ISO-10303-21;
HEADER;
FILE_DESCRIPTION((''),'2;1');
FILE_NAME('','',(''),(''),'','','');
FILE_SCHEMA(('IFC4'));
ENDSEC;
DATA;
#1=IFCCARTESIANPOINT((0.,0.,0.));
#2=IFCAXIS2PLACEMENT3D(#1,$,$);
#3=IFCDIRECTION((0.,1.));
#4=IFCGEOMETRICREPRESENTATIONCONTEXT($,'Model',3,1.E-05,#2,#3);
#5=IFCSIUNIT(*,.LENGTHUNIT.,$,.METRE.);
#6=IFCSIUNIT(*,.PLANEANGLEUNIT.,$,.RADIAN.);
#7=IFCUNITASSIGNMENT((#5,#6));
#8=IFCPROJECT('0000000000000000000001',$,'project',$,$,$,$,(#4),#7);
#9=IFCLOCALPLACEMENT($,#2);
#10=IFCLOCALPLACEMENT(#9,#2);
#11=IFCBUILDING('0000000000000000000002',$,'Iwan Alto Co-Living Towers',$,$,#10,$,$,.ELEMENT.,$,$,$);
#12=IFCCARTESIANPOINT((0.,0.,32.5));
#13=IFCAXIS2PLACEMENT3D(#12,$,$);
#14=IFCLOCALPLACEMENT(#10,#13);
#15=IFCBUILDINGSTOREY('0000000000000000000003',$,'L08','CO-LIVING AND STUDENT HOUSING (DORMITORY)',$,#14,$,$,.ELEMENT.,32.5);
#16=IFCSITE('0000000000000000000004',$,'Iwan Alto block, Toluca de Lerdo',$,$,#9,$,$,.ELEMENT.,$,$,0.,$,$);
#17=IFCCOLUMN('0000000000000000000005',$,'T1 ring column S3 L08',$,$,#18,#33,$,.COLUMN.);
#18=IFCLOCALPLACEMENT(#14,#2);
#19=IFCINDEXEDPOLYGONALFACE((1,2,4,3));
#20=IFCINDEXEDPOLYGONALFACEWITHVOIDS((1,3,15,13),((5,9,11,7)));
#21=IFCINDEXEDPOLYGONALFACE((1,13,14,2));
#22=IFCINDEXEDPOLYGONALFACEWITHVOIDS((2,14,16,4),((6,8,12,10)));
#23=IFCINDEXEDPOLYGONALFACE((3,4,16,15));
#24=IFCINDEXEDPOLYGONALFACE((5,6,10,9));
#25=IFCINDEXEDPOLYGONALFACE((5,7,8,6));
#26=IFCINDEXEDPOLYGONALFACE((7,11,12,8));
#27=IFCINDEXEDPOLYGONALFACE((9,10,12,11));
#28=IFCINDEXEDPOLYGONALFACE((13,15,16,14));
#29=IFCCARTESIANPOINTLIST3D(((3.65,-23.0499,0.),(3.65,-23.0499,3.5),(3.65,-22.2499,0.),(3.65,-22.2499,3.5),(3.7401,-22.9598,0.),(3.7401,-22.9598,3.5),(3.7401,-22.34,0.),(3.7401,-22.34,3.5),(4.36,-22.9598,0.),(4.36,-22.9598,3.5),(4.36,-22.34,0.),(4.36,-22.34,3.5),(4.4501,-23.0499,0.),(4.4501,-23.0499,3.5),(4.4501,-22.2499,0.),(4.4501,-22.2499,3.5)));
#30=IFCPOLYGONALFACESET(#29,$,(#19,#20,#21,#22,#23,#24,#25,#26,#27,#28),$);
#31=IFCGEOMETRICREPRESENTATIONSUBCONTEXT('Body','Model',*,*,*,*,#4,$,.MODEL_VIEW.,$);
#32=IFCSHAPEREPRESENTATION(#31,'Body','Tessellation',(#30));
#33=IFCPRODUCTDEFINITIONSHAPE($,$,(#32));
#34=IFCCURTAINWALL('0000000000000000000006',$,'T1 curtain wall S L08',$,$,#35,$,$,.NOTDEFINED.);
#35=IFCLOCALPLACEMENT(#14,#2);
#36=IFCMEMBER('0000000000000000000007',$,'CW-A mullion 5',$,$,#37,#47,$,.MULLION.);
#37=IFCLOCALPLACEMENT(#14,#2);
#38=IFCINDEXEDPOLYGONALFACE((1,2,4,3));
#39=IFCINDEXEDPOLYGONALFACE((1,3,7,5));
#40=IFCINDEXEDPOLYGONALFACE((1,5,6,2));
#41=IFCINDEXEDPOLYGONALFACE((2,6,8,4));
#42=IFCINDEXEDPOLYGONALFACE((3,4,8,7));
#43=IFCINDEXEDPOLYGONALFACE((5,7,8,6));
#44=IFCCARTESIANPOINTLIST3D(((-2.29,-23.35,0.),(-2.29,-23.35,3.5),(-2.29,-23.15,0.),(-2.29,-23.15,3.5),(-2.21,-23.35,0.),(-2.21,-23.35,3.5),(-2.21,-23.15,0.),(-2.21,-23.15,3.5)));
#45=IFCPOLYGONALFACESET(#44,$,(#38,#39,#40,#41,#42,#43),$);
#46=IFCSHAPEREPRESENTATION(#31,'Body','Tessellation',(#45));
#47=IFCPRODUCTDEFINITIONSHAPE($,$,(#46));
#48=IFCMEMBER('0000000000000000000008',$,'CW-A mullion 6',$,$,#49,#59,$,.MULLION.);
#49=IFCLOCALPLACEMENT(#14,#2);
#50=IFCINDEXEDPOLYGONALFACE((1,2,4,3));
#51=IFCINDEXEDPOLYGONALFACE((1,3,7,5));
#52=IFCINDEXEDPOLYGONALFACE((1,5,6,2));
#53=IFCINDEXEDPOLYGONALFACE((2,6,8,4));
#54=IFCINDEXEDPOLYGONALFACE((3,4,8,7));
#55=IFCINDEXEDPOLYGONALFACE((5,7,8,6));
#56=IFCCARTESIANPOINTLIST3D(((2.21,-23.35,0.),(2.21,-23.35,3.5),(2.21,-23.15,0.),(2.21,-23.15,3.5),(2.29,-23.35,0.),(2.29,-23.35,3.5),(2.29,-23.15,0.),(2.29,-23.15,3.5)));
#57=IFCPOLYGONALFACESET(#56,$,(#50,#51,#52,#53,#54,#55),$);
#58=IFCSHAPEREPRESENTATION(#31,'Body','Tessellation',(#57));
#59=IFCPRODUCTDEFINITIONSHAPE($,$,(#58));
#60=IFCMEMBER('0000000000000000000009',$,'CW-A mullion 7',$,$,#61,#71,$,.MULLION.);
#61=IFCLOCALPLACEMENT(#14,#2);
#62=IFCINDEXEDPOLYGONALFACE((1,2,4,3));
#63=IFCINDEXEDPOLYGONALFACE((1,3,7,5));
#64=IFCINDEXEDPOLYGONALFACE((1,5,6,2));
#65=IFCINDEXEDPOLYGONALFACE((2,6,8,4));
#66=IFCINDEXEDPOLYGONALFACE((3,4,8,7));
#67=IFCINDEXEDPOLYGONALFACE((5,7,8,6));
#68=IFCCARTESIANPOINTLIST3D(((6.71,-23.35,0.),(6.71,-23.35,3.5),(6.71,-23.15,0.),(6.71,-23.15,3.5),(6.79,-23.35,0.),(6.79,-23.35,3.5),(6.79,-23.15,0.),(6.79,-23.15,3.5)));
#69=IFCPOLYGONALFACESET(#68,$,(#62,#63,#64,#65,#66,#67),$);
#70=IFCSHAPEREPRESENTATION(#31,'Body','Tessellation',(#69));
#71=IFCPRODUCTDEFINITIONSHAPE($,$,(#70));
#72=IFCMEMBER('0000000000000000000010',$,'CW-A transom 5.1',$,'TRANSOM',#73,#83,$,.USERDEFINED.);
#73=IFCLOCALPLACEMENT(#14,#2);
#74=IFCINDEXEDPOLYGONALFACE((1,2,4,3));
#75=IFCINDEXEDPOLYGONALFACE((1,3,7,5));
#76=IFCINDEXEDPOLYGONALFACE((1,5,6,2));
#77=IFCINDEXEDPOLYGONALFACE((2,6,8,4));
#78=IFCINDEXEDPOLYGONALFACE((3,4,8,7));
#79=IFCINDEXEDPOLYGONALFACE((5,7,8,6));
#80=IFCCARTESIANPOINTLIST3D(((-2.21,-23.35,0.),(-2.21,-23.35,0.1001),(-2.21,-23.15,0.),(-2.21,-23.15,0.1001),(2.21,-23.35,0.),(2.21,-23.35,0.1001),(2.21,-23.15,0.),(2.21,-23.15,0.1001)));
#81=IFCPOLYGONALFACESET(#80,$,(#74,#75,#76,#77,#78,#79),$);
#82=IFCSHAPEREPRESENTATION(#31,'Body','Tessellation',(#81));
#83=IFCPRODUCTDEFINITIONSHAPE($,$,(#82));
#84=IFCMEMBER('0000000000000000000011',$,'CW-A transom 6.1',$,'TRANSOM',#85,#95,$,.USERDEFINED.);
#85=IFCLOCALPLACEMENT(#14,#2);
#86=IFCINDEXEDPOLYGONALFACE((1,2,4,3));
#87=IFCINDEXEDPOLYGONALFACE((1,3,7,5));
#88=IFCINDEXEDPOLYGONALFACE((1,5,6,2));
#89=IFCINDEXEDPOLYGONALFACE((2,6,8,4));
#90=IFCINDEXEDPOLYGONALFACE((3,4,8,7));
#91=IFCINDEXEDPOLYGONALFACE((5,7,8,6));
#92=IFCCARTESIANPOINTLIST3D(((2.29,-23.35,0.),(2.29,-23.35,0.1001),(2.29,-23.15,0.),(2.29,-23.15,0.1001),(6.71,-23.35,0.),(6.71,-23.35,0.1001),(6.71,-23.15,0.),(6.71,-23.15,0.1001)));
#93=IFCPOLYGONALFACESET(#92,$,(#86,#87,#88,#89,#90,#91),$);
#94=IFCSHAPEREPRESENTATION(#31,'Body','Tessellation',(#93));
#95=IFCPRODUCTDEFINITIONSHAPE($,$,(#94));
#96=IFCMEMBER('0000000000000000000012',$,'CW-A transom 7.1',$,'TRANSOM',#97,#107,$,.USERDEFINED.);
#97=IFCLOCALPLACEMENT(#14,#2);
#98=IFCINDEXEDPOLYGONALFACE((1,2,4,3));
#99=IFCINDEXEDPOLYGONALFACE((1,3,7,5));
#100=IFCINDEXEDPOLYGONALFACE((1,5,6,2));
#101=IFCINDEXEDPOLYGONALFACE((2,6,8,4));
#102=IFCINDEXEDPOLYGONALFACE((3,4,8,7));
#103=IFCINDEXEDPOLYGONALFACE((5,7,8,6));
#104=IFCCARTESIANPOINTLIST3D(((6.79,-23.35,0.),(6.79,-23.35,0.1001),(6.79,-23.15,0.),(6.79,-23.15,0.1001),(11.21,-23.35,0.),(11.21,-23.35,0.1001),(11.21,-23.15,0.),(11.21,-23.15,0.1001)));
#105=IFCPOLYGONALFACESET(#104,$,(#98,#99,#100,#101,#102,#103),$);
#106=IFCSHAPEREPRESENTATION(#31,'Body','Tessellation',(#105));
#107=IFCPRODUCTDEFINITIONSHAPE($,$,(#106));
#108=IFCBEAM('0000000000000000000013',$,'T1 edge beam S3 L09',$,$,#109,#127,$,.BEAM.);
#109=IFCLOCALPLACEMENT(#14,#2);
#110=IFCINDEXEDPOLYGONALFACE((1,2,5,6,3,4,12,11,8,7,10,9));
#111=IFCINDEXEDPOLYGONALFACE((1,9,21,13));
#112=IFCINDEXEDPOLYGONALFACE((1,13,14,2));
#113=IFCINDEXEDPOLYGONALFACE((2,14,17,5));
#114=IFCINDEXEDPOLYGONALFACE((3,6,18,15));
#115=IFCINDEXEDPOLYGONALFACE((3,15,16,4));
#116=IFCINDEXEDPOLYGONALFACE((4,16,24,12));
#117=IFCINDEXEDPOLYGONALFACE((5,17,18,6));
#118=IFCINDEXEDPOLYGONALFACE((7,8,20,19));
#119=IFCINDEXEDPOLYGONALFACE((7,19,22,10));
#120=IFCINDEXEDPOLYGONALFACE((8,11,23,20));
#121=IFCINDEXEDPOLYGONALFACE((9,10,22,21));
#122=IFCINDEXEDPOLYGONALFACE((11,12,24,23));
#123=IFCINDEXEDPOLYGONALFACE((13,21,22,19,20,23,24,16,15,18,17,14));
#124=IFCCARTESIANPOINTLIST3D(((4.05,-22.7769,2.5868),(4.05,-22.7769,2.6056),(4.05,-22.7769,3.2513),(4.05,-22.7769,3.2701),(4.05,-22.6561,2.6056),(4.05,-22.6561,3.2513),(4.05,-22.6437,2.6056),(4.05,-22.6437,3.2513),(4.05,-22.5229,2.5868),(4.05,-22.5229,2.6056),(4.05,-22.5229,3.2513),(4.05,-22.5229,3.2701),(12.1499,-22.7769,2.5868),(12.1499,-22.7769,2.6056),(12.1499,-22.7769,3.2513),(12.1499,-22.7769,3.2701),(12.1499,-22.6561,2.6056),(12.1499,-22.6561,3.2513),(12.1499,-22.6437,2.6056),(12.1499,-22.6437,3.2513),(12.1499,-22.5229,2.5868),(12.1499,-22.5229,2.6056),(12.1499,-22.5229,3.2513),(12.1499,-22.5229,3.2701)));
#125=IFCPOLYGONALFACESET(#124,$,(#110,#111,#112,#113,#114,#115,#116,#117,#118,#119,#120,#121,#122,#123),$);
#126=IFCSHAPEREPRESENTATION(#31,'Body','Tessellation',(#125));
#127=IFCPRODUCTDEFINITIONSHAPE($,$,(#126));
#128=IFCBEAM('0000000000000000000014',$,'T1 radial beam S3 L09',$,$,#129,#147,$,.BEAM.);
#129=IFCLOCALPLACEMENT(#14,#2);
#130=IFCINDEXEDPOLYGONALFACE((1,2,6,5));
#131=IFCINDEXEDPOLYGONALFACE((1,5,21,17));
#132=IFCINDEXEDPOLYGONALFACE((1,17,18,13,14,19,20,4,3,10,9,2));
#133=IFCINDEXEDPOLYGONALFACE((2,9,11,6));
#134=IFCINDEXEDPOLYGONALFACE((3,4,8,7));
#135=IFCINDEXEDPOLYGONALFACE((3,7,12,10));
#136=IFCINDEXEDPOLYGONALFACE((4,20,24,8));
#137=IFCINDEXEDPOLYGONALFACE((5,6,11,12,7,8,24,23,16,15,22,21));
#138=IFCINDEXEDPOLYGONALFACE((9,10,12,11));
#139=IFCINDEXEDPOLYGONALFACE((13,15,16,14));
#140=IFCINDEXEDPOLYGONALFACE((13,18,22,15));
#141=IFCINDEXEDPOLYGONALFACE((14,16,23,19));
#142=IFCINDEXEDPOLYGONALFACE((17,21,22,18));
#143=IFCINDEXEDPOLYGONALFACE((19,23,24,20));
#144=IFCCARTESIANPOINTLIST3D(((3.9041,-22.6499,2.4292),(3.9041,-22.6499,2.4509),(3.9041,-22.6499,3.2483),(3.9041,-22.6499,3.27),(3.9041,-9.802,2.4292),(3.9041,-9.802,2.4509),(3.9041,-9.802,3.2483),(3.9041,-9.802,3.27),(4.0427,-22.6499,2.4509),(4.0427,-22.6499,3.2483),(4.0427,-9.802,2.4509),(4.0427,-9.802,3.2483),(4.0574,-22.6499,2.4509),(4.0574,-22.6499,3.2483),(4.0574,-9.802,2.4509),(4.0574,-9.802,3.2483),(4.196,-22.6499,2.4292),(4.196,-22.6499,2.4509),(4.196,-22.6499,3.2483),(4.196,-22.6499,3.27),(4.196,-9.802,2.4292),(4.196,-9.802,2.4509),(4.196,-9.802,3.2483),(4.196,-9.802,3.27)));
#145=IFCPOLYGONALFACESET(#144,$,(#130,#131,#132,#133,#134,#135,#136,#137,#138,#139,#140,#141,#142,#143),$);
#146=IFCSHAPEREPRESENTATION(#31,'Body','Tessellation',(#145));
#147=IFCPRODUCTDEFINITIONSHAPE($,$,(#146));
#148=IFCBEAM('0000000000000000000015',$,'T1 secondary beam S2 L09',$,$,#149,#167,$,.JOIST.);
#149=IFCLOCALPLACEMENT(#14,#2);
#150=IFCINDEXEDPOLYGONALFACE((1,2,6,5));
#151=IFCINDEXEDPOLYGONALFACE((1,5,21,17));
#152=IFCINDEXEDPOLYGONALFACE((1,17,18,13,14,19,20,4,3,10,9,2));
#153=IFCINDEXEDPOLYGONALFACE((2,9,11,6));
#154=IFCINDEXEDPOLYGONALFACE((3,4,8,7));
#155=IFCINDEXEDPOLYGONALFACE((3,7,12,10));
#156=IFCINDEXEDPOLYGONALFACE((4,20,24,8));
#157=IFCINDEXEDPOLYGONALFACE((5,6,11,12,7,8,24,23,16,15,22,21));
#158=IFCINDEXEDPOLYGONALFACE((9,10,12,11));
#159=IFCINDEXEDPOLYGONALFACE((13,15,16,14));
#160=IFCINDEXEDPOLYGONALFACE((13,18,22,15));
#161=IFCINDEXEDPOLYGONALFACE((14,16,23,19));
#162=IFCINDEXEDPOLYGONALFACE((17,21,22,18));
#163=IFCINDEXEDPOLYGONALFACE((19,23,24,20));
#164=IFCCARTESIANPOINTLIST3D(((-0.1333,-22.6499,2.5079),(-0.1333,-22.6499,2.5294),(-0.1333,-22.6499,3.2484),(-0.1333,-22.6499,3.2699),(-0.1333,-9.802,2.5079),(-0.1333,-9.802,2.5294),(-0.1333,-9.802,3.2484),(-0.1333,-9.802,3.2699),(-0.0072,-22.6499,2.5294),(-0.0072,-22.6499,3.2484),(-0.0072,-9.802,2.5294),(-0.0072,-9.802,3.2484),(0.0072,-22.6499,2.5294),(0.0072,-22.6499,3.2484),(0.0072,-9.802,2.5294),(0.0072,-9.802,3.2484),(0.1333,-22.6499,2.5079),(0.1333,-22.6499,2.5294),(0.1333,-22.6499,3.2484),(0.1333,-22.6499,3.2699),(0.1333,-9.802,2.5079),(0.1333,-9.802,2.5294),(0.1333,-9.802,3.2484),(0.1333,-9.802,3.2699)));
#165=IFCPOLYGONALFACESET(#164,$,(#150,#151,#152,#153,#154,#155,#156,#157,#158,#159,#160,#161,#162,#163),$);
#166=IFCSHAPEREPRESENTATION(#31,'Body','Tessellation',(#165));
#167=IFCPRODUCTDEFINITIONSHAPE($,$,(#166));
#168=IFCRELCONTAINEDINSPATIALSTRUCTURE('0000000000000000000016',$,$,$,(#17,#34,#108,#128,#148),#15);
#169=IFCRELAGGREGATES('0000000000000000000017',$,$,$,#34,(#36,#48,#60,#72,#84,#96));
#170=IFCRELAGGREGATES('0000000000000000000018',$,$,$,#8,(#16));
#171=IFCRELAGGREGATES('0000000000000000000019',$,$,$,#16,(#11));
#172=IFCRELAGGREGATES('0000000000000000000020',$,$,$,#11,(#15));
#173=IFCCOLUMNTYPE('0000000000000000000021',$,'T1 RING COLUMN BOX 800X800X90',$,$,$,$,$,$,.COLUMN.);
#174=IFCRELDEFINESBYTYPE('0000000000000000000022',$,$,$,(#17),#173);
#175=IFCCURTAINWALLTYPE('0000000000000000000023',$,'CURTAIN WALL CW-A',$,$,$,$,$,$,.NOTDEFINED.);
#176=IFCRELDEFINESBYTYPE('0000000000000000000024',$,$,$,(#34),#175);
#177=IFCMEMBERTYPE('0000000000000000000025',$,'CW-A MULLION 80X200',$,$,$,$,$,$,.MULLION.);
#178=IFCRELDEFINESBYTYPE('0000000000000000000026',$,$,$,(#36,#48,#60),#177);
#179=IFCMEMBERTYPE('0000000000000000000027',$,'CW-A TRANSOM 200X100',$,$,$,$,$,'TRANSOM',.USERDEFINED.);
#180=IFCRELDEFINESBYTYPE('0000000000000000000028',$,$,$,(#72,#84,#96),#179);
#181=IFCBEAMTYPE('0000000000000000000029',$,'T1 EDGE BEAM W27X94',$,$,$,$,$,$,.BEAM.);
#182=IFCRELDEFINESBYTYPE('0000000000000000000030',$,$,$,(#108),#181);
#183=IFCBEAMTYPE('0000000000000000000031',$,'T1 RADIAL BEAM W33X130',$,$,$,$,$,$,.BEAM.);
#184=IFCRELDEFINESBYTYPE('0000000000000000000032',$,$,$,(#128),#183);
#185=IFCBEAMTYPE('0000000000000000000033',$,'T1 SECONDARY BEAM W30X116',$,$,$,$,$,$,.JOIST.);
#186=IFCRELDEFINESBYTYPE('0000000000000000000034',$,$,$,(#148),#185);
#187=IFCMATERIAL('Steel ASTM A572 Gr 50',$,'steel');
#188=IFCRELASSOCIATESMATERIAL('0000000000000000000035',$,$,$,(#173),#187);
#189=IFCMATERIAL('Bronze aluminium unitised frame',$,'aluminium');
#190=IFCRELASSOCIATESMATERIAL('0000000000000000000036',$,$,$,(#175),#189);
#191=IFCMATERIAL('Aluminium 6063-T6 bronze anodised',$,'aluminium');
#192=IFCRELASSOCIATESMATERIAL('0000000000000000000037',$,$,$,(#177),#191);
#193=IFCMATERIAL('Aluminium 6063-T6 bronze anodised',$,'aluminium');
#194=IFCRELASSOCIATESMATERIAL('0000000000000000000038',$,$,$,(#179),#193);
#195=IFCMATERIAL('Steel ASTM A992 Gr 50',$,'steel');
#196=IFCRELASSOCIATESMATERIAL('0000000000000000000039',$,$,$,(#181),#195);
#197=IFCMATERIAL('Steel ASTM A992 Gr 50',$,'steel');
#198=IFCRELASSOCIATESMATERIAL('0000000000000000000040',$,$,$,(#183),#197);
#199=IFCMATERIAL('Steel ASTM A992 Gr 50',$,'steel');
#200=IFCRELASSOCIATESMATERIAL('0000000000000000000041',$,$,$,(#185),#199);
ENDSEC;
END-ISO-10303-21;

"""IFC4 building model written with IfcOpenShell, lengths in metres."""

from ifc_helpers import new_model, si_unit, direction, frame, origin, origin_2d, place, context, subcontext, project, spatial, rectangle, hollow_rectangle, i_section, extrude, material, material_profile, profile_set, type_object, element, aggregate, save


model = new_model("IFC4")

# Units and contexts
model_context = context("Model", 3, precision=1e-05, world=origin(), true_north=direction((0.0, 1.0)))
body_context = subcontext(model_context, "Body", "Model", "MODEL_VIEW")
ifc_project = project(units=[si_unit("LENGTHUNIT", "METRE"), si_unit("PLANEANGLEUNIT", "RADIAN")], contexts=[model_context])

# Site, building, storey
site_placement = place(None, origin())
site = spatial("IfcSite", under=ifc_project, at=site_placement, Name="Iwan Alto block, Toluca de Lerdo", CompositionType="ELEMENT", RefElevation=0.0)
building_placement = place(site_placement, origin())
building = spatial("IfcBuilding", under=site, at=building_placement, Name="Iwan Alto Co-Living Towers", CompositionType="ELEMENT")
storey_placement = place(building_placement, frame((0.0, 0.0, 32.5)))
storey = spatial("IfcBuildingStorey", under=building, at=storey_placement, Name="L08", Description="CO-LIVING AND STUDENT HOUSING (DORMITORY)", CompositionType="ELEMENT", Elevation=32.5)

# Column
ifc_material_1 = material(Name="Steel ASTM A572 Gr 50", Category="steel")
ifc_material_profile_1 = material_profile(ifc_material_1, hollow_rectangle(XDim=0.8, YDim=0.8, WallThickness=0.0901, at=origin_2d()), Name="BOX 800X800X90")
ifc_profile_set_1 = profile_set([ifc_material_profile_1], Name="Steel ASTM A572 Gr 50")
column_type = type_object("IfcColumnType", Name="T1 RING COLUMN BOX 800X800X90", PredefinedType="COLUMN", material=ifc_profile_set_1)
column_placement = place(storey_placement, frame((4.05, -22.6499, 0.0), z_axis=(0.0, 0.0, 1.0), x_axis=(1.0, 0.0, 0.0)))
element("IfcColumn", 1, at=column_placement, inside=storey, type_object=column_type, Name="T1 ring column S3 L08", PredefinedType="COLUMN", context=body_context, shape_type="SweptSolid", body=[
    extrude(hollow_rectangle(XDim=0.8, YDim=0.8, WallThickness=0.0901, at=origin_2d()), origin(), (0.0, 0.0, 1.0), 3.5),
])

# Curtain wall, members
ifc_material_2 = material(Name="Bronze aluminium unitised frame", Category="aluminium")
curtain_wall_type = type_object("IfcCurtainWallType", Name="CURTAIN WALL CW-A", PredefinedType="NOTDEFINED", material=ifc_material_2)
curtain_wall_placement = place(storey_placement, origin())
curtain_wall = element("IfcCurtainWall", 2, at=curtain_wall_placement, inside=storey, type_object=curtain_wall_type, Name="T1 curtain wall S L08", PredefinedType="NOTDEFINED")
ifc_material_3 = material(Name="Aluminium 6063-T6 bronze anodised", Category="aluminium")
ifc_material_profile_2 = material_profile(ifc_material_3, rectangle(XDim=0.2, YDim=0.0801, at=origin_2d()), Name="AL 80X200")
ifc_profile_set_2 = profile_set([ifc_material_profile_2], Name="Aluminium 6063-T6 bronze anodised")
member_type_1 = type_object("IfcMemberType", Name="CW-A MULLION 80X200", PredefinedType="MULLION", material=ifc_profile_set_2)
member_1_placement = place(storey_placement, frame((-2.25, -23.25, 0.0), z_axis=(0.0, 0.0, 1.0), x_axis=(0.0, 1.0, 0.0)))
member_1 = element("IfcMember", 3, at=member_1_placement, type_object=member_type_1, Name="CW-A mullion 5", PredefinedType="MULLION", context=body_context, shape_type="SweptSolid", body=[
    extrude(rectangle(XDim=0.2, YDim=0.0801, at=origin_2d()), origin(), (0.0, 0.0, 1.0), 3.5),
])
member_2_placement = place(storey_placement, frame((2.25, -23.25, 0.0), z_axis=(0.0, 0.0, 1.0), x_axis=(0.0, 1.0, 0.0)))
member_2 = element("IfcMember", 4, at=member_2_placement, type_object=member_type_1, Name="CW-A mullion 6", PredefinedType="MULLION", context=body_context, shape_type="SweptSolid", body=[
    extrude(rectangle(XDim=0.2, YDim=0.0801, at=origin_2d()), origin(), (0.0, 0.0, 1.0), 3.5),
])
member_3_placement = place(storey_placement, frame((6.75, -23.25, 0.0), z_axis=(0.0, 0.0, 1.0), x_axis=(0.0, 1.0, 0.0)))
member_3 = element("IfcMember", 5, at=member_3_placement, type_object=member_type_1, Name="CW-A mullion 7", PredefinedType="MULLION", context=body_context, shape_type="SweptSolid", body=[
    extrude(rectangle(XDim=0.2, YDim=0.0801, at=origin_2d()), origin(), (0.0, 0.0, 1.0), 3.5),
])
ifc_material_4 = material(Name="Aluminium 6063-T6 bronze anodised", Category="aluminium")
ifc_material_profile_3 = material_profile(ifc_material_4, rectangle(XDim=0.2, YDim=0.1001, at=origin_2d()), Name="AL 200X100")
ifc_profile_set_3 = profile_set([ifc_material_profile_3], Name="Aluminium 6063-T6 bronze anodised")
member_type_2 = type_object("IfcMemberType", Name="CW-A TRANSOM 200X100", ElementType="TRANSOM", PredefinedType="USERDEFINED", material=ifc_profile_set_3)
member_4_placement = place(storey_placement, frame((-2.21, -23.25, 0.05), z_axis=(1.0, 0.0, 0.0), x_axis=(0.0, 1.0, 0.0)))
member_4 = element("IfcMember", 6, at=member_4_placement, type_object=member_type_2, Name="CW-A transom 5.1", ObjectType="TRANSOM", PredefinedType="USERDEFINED", context=body_context, shape_type="SweptSolid", body=[
    extrude(rectangle(XDim=0.2, YDim=0.1001, at=origin_2d()), origin(), (0.0, 0.0, 1.0), 4.4199),
])
member_5_placement = place(storey_placement, frame((2.29, -23.25, 0.05), z_axis=(1.0, 0.0, 0.0), x_axis=(0.0, 1.0, 0.0)))
member_5 = element("IfcMember", 7, at=member_5_placement, type_object=member_type_2, Name="CW-A transom 6.1", ObjectType="TRANSOM", PredefinedType="USERDEFINED", context=body_context, shape_type="SweptSolid", body=[
    extrude(rectangle(XDim=0.2, YDim=0.1001, at=origin_2d()), origin(), (0.0, 0.0, 1.0), 4.4199),
])
member_6_placement = place(storey_placement, frame((6.79, -23.25, 0.05), z_axis=(1.0, 0.0, 0.0), x_axis=(0.0, 1.0, 0.0)))
member_6 = element("IfcMember", 8, at=member_6_placement, type_object=member_type_2, Name="CW-A transom 7.1", ObjectType="TRANSOM", PredefinedType="USERDEFINED", context=body_context, shape_type="SweptSolid", body=[
    extrude(rectangle(XDim=0.2, YDim=0.1001, at=origin_2d()), origin(), (0.0, 0.0, 1.0), 4.4199),
])

# Beams
ifc_material_5 = material(Name="Steel ASTM A992 Gr 50", Category="steel")
ifc_material_profile_4 = material_profile(ifc_material_5, i_section(OverallWidth=0.2539, OverallDepth=0.6833, WebThickness=0.0125, FlangeThickness=0.0188, at=origin_2d()), Name="W27X94")
ifc_profile_set_4 = profile_set([ifc_material_profile_4], Name="Steel ASTM A992 Gr 50")
beam_type_1 = type_object("IfcBeamType", Name="T1 EDGE BEAM W27X94", PredefinedType="BEAM", material=ifc_profile_set_4)
beam_1_placement = place(storey_placement, frame((4.05, -22.6499, 2.9285), z_axis=(1.0, 0.0, 0.0), x_axis=(0.0, 1.0, 0.0)))
element("IfcBeam", 9, at=beam_1_placement, inside=storey, type_object=beam_type_1, Name="T1 edge beam S3 L09", PredefinedType="BEAM", context=body_context, shape_type="SweptSolid", body=[
    extrude(i_section(OverallWidth=0.2539, OverallDepth=0.6833, WebThickness=0.0125, FlangeThickness=0.0188, at=origin_2d()), origin(), (0.0, 0.0, 1.0), 8.0999),
])
ifc_material_6 = material(Name="Steel ASTM A992 Gr 50", Category="steel")
ifc_material_profile_5 = material_profile(ifc_material_6, i_section(OverallWidth=0.292, OverallDepth=0.8408, WebThickness=0.0146, FlangeThickness=0.0217, at=origin_2d()), Name="W33X130")
ifc_profile_set_5 = profile_set([ifc_material_profile_5], Name="Steel ASTM A992 Gr 50")
beam_type_2 = type_object("IfcBeamType", Name="T1 RADIAL BEAM W33X130", PredefinedType="BEAM", material=ifc_profile_set_5)
beam_2_placement = place(storey_placement, frame((4.05, -22.6499, 2.8496), z_axis=(0.0, 1.0, 0.0), x_axis=(-1.0, 0.0, 0.0)))
element("IfcBeam", 10, at=beam_2_placement, inside=storey, type_object=beam_type_2, Name="T1 radial beam S3 L09", PredefinedType="BEAM", context=body_context, shape_type="SweptSolid", body=[
    extrude(i_section(OverallWidth=0.292, OverallDepth=0.8408, WebThickness=0.0146, FlangeThickness=0.0217, at=origin_2d()), origin(), (0.0, 0.0, 1.0), 12.8479),
])
ifc_material_7 = material(Name="Steel ASTM A992 Gr 50", Category="steel")
ifc_material_profile_6 = material_profile(ifc_material_7, i_section(OverallWidth=0.2666, OverallDepth=0.762, WebThickness=0.0144, FlangeThickness=0.0215, at=origin_2d()), Name="W30X116")
ifc_profile_set_6 = profile_set([ifc_material_profile_6], Name="Steel ASTM A992 Gr 50")
beam_type_3 = type_object("IfcBeamType", Name="T1 SECONDARY BEAM W30X116", PredefinedType="JOIST", material=ifc_profile_set_6)
for number, where, z_axis, x_axis, name in (
    (11, (0.0, -22.6499, 2.8889), (0.0, 1.0, 0.0), (-1.0, 0.0, 0.0), "T1 secondary beam S2 L09"),
):
    element("IfcBeam", number, at=place(storey_placement, frame(where, z_axis=z_axis, x_axis=x_axis)), inside=storey, type_object=beam_type_3, Name=name, PredefinedType="JOIST", context=body_context, shape_type="SweptSolid", body=[
        extrude(i_section(OverallWidth=0.2666, OverallDepth=0.762, WebThickness=0.0144, FlangeThickness=0.0215, at=origin_2d()), origin(), (0.0, 0.0, 1.0), 12.8479),
    ])

aggregate(curtain_wall, [member_1, member_2, member_3, member_4, member_5, member_6])

save(model, "model.ifc")
